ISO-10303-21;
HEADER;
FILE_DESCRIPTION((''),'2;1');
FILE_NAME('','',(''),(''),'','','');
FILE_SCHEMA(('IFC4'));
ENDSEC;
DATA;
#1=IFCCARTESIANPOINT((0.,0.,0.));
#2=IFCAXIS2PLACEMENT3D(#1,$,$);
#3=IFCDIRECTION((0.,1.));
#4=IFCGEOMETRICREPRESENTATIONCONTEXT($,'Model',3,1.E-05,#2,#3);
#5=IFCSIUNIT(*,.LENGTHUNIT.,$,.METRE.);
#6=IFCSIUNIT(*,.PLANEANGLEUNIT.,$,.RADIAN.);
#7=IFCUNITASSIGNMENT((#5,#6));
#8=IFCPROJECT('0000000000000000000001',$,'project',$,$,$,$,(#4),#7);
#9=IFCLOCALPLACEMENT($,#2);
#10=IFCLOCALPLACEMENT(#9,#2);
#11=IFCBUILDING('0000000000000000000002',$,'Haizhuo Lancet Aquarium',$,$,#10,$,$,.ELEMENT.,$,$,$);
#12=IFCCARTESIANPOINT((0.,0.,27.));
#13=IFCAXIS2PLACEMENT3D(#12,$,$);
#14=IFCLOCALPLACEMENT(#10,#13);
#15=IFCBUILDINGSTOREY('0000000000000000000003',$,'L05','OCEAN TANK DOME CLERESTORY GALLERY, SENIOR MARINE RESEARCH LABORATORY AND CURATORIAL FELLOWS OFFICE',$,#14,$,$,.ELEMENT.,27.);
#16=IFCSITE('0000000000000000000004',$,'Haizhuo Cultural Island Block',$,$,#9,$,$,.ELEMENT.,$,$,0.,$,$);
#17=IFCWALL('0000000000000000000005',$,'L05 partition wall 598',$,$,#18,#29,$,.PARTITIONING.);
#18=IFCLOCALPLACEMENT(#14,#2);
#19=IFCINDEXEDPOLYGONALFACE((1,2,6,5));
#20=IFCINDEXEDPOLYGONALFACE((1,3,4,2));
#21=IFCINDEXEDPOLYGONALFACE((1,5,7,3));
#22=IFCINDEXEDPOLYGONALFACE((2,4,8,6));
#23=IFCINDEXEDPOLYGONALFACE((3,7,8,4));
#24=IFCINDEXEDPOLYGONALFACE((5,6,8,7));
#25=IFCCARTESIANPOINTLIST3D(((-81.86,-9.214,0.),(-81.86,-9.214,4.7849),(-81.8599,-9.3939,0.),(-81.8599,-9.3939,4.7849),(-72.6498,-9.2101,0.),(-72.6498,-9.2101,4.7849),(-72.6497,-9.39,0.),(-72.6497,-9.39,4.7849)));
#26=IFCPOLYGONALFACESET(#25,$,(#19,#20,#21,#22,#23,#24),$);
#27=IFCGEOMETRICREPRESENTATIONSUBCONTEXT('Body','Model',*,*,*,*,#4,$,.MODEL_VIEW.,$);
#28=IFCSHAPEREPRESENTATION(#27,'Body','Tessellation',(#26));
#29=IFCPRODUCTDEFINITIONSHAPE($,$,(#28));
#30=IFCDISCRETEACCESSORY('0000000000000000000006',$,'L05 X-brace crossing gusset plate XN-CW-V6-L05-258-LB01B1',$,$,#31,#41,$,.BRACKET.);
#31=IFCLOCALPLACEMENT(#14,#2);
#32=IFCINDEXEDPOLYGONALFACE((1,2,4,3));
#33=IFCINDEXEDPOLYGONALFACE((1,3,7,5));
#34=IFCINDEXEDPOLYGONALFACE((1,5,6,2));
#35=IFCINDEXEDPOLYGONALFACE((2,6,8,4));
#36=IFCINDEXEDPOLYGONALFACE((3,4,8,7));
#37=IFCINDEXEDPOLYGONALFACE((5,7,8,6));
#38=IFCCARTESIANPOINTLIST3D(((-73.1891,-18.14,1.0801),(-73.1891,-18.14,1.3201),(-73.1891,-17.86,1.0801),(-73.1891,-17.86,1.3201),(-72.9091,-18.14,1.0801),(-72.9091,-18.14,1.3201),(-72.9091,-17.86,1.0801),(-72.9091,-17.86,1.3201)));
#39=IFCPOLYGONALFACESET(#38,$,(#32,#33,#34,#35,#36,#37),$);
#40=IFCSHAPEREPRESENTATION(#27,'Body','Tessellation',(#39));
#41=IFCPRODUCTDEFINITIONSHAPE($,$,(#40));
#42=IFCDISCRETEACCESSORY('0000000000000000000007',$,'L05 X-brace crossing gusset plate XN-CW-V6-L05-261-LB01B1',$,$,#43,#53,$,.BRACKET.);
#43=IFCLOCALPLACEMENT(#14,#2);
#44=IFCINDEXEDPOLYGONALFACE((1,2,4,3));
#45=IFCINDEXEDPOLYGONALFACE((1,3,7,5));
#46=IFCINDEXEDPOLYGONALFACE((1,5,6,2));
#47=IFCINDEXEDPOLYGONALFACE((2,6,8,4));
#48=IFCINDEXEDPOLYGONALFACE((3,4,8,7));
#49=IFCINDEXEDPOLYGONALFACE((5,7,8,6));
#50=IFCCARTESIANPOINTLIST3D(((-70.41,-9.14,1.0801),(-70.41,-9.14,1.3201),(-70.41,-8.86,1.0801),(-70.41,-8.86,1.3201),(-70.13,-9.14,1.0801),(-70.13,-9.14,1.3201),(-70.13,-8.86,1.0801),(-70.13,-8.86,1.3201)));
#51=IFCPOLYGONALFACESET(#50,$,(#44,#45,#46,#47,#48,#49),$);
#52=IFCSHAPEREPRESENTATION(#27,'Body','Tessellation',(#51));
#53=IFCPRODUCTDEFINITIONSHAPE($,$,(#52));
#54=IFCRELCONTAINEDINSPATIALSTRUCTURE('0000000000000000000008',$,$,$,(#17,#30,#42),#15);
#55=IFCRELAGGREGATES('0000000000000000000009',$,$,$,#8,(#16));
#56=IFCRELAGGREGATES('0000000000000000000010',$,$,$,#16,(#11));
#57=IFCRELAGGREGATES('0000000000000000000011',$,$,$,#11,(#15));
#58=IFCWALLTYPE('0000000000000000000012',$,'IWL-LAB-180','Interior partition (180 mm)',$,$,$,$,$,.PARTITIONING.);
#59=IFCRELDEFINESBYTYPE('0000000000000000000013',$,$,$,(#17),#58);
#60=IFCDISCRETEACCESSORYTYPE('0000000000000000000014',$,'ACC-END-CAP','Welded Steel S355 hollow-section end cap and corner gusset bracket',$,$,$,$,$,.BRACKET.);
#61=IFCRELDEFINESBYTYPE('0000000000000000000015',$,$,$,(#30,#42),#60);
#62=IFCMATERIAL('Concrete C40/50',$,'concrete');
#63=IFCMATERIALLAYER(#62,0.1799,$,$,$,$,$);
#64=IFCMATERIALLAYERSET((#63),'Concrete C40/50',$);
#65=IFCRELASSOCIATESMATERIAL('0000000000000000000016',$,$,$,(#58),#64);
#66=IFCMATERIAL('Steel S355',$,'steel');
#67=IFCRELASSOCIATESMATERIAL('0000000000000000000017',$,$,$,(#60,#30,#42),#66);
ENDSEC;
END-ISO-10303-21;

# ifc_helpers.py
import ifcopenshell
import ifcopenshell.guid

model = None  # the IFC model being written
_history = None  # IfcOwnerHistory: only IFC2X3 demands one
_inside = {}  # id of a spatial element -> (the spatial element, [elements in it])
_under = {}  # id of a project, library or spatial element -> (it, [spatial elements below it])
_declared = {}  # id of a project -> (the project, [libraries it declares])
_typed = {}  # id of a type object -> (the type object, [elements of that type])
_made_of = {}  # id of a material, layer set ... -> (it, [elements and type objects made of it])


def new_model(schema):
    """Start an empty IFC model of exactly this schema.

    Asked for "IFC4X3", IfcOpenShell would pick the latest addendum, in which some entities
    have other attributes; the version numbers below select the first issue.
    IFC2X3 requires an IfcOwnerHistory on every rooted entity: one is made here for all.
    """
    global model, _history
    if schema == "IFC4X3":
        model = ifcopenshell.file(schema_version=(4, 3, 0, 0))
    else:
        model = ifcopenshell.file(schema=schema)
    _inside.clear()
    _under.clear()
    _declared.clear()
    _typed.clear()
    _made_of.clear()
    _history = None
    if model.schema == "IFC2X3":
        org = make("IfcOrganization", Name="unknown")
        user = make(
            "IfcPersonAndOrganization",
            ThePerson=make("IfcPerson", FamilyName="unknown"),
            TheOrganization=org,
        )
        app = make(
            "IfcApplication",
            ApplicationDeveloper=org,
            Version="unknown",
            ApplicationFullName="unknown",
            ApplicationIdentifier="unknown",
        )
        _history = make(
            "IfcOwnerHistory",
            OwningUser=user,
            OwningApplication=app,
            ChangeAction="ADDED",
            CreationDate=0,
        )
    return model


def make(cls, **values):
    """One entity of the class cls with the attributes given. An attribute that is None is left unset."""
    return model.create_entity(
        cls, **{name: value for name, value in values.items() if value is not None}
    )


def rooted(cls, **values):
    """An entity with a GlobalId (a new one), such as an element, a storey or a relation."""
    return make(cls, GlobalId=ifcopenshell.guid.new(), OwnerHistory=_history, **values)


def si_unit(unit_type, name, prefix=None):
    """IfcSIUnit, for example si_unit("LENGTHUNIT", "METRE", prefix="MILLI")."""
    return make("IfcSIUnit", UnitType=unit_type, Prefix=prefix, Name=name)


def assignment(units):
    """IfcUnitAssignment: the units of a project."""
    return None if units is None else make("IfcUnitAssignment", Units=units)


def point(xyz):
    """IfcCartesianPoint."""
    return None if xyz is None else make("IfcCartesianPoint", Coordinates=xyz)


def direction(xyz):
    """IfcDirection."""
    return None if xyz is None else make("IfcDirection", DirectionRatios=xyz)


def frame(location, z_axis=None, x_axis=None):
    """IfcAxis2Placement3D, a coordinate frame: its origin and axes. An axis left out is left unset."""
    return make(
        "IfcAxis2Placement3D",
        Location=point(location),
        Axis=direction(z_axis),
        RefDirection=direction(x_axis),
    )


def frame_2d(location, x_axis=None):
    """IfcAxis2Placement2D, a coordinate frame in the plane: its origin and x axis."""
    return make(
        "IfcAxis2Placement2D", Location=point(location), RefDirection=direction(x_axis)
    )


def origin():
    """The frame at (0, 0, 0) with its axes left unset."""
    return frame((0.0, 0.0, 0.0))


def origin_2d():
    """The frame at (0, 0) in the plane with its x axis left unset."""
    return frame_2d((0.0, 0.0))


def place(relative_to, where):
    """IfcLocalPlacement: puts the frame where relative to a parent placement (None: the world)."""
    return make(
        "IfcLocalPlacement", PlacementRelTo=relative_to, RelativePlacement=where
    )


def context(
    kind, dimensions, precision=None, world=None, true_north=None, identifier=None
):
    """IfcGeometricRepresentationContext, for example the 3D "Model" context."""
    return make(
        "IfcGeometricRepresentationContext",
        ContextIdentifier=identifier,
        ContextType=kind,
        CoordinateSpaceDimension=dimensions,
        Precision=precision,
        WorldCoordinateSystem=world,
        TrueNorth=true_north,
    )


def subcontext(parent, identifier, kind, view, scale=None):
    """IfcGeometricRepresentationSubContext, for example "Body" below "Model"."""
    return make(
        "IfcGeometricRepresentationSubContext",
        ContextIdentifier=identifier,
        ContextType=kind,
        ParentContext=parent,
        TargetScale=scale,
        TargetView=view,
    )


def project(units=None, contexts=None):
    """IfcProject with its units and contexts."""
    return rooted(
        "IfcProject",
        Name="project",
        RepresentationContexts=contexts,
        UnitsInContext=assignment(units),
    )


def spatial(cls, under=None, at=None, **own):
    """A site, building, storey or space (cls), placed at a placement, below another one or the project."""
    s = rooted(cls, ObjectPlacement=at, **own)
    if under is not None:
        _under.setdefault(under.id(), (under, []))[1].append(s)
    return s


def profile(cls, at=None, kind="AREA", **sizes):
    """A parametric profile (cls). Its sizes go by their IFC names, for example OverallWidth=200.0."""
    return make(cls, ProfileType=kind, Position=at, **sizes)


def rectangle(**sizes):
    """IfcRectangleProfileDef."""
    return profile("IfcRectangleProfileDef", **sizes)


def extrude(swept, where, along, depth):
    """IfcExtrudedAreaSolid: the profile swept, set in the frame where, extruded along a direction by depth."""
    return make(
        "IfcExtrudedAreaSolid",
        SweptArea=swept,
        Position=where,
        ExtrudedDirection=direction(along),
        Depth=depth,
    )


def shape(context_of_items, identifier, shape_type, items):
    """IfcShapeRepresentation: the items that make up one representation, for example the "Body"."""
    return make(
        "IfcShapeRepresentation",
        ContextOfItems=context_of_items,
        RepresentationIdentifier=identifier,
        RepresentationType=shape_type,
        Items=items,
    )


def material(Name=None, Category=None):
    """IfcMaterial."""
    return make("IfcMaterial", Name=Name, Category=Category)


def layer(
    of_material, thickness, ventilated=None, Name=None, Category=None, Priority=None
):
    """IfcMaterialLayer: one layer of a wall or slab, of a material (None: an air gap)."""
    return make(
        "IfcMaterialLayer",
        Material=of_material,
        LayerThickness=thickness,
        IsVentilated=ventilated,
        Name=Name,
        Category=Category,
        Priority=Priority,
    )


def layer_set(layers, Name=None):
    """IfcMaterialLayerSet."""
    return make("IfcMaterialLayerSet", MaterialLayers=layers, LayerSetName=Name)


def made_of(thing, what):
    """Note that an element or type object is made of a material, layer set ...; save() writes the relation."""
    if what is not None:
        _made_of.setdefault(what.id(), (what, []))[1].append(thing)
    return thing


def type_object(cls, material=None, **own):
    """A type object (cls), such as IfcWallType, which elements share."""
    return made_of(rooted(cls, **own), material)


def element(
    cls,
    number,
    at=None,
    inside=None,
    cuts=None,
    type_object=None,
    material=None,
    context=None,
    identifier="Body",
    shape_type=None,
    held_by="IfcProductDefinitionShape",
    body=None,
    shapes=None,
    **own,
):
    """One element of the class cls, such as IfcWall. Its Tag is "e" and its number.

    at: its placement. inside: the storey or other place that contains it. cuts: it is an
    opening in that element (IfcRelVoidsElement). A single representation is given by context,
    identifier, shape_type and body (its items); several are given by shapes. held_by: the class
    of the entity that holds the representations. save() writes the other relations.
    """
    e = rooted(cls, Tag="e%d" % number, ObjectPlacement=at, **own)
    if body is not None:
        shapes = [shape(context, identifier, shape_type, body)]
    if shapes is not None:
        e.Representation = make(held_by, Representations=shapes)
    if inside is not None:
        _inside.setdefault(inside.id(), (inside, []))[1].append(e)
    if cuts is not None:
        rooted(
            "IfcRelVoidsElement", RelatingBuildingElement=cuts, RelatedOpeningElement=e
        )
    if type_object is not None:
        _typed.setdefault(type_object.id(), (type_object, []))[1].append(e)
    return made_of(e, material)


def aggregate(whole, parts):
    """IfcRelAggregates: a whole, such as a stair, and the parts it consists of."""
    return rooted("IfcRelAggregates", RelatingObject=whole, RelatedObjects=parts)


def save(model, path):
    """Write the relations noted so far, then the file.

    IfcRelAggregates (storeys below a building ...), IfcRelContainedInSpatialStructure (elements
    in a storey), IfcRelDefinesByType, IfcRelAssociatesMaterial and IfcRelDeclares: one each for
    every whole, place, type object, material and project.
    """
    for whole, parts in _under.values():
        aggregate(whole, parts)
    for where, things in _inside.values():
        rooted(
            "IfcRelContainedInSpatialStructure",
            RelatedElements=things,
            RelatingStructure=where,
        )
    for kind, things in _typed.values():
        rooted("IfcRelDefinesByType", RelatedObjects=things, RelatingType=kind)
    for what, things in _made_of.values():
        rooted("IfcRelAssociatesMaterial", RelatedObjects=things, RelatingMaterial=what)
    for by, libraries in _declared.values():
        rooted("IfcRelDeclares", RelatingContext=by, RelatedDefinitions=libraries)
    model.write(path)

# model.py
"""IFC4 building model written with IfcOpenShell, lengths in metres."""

from ifc_helpers import new_model, si_unit, direction, frame, frame_2d, origin, origin_2d, place, context, subcontext, project, spatial, rectangle, extrude, material, layer, layer_set, type_object, element, save


model = new_model("IFC4")

# Units and contexts
model_context = context("Model", 3, precision=1e-05, world=origin(), true_north=direction((0.0, 1.0)))
body_context = subcontext(model_context, "Body", "Model", "MODEL_VIEW")
ifc_project = project(units=[si_unit("LENGTHUNIT", "METRE"), si_unit("PLANEANGLEUNIT", "RADIAN")], contexts=[model_context])

# Site, building, storey
site_placement = place(None, origin())
site = spatial("IfcSite", under=ifc_project, at=site_placement, Name="Haizhuo Cultural Island Block", CompositionType="ELEMENT", RefElevation=0.0)
building_placement = place(site_placement, origin())
building = spatial("IfcBuilding", under=site, at=building_placement, Name="Haizhuo Lancet Aquarium", CompositionType="ELEMENT")
storey_placement = place(building_placement, frame((0.0, 0.0, 27.0)))
storey = spatial("IfcBuildingStorey", under=building, at=storey_placement, Name="L05", Description="OCEAN TANK DOME CLERESTORY GALLERY, SENIOR MARINE RESEARCH LABORATORY AND CURATORIAL FELLOWS OFFICE", CompositionType="ELEMENT", Elevation=27.0)

# Shared definitions
ifc_material_1 = material(Name="Concrete C40/50", Category="concrete")

# Shared definitions
ifc_material_2 = material(Name="Steel S355", Category="steel")

# Wall
ifc_layer_1 = layer(ifc_material_1, 0.1799)
ifc_layer_set_1 = layer_set([ifc_layer_1], Name="Concrete C40/50")
wall_type = type_object("IfcWallType", Name="IWL-LAB-180", Description="Interior partition (180 mm)", PredefinedType="PARTITIONING", material=ifc_layer_set_1)
wall_placement = place(storey_placement, frame((-72.6499, -9.3, 0.0), z_axis=(0.0, 0.0, 1.0), x_axis=(-1.0, -0.000424, 0.0)))
element("IfcWall", 1, at=wall_placement, inside=storey, type_object=wall_type, Name="L05 partition wall 598", PredefinedType="PARTITIONING", context=body_context, shape_type="SweptSolid", body=[
    extrude(rectangle(XDim=9.2102, YDim=0.1799, at=frame_2d((4.605, 0.0))), origin(), (0.0, 0.0, 1.0), 4.7849),
])

# Discrete accessories
discrete_accessory_type = type_object("IfcDiscreteAccessoryType", Name="ACC-END-CAP", Description="Welded Steel S355 hollow-section end cap and corner gusset bracket", PredefinedType="BRACKET", material=ifc_material_2)
for number, where, z_axis, x_axis, name in (
    (2, (-73.0491, -18.0, 1.0801), (0.0, 0.0, 1.0), (1.0, 0.0, 0.0), "L05 X-brace crossing gusset plate XN-CW-V6-L05-258-LB01B1"),
    (3, (-70.27, -9.0, 1.0801), (0.0, 0.0, 1.0), (1.0, 0.0, 0.0), "L05 X-brace crossing gusset plate XN-CW-V6-L05-261-LB01B1"),
):
    element("IfcDiscreteAccessory", number, at=place(storey_placement, frame(where, z_axis=z_axis, x_axis=x_axis)), inside=storey, type_object=discrete_accessory_type, material=ifc_material_2, Name=name, PredefinedType="BRACKET", context=body_context, shape_type="SweptSolid", body=[
        extrude(rectangle(XDim=0.28, YDim=0.28, at=origin_2d()), origin(), (0.0, 0.0, 1.0), 0.24),
    ])

save(model, "model.ifc")
